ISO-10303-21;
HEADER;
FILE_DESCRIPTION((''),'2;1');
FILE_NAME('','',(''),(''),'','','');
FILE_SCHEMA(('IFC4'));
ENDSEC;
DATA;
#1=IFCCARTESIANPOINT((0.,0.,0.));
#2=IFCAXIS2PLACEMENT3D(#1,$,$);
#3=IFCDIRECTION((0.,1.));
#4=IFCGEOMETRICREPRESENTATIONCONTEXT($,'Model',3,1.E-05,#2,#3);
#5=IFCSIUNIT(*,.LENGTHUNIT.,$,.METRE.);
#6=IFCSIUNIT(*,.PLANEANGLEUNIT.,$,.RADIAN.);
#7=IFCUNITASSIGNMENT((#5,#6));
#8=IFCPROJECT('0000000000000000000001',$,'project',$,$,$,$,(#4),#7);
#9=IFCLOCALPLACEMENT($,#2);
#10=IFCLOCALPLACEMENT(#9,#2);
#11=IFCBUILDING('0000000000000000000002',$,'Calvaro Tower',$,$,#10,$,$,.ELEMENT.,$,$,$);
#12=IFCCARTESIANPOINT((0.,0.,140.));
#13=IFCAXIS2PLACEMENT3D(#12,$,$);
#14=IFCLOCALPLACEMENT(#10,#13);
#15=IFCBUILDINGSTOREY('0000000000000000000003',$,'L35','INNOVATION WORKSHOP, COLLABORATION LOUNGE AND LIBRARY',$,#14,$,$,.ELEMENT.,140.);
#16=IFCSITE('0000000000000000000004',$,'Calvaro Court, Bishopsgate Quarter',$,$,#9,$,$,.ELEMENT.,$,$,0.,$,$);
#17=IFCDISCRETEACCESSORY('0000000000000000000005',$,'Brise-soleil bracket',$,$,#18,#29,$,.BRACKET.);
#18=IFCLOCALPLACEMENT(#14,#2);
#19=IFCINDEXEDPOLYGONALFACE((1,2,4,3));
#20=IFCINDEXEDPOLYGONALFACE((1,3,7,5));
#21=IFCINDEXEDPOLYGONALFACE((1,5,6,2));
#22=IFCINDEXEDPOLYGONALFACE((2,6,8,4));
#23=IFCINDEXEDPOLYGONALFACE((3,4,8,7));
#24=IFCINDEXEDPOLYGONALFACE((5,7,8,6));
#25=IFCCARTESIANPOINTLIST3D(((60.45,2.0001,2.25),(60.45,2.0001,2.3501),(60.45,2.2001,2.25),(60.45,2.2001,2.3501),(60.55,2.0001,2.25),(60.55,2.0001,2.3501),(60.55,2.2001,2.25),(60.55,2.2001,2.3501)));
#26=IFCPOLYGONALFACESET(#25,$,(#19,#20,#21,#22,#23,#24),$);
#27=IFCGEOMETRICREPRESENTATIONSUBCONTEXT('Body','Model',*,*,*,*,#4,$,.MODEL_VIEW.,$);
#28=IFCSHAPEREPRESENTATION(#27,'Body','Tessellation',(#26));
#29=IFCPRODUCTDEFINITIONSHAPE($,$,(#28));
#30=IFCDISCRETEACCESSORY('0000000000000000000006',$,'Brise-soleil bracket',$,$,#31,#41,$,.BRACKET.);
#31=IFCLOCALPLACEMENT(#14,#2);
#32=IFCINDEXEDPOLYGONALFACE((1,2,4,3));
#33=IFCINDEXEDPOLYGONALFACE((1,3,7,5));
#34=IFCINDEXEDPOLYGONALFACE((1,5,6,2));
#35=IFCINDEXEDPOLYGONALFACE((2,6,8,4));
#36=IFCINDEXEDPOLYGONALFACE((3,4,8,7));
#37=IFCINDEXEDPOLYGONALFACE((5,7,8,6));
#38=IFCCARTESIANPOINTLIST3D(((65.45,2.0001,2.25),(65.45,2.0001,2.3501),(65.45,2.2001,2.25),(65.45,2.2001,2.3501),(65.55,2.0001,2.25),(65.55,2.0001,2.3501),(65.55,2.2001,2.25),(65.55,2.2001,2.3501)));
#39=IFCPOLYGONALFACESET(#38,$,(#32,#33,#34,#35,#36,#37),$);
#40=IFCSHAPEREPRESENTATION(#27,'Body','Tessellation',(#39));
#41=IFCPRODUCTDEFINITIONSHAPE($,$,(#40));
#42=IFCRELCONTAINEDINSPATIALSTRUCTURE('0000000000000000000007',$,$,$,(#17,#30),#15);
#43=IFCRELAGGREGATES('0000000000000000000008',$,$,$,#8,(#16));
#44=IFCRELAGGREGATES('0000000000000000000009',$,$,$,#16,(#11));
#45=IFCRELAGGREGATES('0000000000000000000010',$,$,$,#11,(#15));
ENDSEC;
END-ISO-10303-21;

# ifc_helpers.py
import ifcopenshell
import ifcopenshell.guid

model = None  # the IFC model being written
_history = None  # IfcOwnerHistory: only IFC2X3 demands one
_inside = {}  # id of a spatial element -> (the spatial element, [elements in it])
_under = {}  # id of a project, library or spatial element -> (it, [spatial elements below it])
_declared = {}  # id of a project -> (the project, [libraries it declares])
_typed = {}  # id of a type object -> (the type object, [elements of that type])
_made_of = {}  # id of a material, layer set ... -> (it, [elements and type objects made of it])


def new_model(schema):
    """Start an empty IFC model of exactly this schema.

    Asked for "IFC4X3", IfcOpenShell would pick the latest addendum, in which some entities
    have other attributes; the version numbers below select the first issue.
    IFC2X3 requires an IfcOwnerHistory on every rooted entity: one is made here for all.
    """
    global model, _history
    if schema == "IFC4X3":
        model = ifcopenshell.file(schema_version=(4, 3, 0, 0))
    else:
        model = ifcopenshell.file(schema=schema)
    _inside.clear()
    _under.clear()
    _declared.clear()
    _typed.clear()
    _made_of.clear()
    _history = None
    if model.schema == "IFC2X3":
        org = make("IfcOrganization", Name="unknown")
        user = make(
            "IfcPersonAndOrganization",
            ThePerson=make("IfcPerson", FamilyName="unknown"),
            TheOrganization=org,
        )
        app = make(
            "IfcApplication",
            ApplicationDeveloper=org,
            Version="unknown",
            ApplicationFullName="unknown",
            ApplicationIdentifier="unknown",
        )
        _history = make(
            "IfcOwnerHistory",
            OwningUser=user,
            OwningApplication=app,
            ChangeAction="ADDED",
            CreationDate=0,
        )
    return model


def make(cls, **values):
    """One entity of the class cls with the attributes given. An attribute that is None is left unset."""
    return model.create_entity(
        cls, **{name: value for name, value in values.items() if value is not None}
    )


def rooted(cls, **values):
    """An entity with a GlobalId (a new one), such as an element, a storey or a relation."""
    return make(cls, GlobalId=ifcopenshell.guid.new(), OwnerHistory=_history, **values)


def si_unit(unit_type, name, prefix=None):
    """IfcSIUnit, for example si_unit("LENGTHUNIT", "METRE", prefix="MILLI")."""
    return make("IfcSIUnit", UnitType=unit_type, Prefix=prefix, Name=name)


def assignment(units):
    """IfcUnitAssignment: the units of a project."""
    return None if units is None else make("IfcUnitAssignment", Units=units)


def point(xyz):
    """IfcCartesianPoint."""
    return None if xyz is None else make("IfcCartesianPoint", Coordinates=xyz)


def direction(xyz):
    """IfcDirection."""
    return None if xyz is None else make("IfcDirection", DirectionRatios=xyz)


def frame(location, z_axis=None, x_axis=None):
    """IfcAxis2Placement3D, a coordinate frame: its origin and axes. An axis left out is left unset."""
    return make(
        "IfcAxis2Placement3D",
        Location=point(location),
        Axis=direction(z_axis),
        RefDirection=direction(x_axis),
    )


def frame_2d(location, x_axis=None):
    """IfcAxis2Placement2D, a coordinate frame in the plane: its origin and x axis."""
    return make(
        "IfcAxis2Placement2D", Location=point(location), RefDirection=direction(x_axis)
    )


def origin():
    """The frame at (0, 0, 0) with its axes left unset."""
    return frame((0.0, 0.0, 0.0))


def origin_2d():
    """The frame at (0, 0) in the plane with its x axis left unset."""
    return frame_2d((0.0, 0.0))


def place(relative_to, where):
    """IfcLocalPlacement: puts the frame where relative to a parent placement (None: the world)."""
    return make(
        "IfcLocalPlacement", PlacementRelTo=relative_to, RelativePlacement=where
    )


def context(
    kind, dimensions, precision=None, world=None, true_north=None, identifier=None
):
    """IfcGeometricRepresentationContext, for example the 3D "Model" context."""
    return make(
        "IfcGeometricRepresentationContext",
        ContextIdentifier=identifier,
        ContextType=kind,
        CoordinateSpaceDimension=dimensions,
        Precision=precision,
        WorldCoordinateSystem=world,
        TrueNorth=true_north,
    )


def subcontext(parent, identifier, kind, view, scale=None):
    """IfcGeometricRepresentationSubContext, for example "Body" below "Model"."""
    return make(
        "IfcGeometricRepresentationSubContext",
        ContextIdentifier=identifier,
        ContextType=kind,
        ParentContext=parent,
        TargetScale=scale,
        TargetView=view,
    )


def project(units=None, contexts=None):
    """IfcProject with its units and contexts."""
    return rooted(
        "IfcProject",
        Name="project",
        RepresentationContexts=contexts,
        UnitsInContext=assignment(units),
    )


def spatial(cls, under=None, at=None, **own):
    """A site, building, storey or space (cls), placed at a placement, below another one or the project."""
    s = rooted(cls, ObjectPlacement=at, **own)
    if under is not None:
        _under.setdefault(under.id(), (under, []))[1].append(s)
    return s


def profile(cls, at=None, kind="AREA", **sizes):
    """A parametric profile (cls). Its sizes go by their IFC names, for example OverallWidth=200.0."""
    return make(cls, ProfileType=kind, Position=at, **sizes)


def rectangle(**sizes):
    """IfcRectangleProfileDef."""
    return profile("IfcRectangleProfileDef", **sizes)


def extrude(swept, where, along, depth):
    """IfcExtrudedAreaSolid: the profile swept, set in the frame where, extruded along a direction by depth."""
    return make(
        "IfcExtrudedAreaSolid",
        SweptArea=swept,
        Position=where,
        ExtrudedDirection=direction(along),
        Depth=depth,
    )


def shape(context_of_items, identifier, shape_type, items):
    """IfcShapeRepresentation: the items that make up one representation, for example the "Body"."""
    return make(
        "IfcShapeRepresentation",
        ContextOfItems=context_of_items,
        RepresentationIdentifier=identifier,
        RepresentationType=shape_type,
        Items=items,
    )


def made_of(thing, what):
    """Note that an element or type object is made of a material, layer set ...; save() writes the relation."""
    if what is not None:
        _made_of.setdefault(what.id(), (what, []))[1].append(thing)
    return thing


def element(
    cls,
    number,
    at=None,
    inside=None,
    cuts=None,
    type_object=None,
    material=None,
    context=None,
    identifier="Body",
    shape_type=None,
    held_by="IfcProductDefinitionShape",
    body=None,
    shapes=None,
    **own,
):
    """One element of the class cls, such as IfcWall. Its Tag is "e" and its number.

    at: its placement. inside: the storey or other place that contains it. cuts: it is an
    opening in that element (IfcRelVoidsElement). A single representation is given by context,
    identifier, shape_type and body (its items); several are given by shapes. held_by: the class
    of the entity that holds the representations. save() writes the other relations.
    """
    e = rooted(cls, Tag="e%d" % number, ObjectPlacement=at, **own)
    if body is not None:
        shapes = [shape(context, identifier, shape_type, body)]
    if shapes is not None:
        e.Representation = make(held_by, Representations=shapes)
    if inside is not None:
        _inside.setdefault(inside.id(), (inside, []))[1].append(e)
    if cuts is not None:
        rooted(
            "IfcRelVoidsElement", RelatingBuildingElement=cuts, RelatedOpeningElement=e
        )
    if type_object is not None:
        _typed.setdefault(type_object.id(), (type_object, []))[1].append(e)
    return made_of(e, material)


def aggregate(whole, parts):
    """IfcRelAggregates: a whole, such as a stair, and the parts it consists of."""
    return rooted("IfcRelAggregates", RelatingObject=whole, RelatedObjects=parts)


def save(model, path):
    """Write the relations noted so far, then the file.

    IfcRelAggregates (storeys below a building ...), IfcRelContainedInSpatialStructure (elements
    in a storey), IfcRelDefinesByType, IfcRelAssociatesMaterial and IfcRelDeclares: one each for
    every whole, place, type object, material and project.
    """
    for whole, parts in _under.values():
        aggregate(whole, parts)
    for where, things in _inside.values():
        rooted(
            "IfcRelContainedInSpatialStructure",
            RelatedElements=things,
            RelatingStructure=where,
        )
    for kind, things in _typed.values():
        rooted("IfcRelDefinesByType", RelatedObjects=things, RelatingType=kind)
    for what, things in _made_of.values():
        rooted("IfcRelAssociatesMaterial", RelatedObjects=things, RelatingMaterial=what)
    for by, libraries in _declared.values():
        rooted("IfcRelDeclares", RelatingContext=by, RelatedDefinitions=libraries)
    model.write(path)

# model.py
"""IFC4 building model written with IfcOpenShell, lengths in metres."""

from ifc_helpers import new_model, si_unit, direction, frame, origin, origin_2d, place, context, subcontext, project, spatial, rectangle, extrude, element, save


model = new_model("IFC4")

# Units and contexts
model_context = context("Model", 3, precision=1e-05, world=origin(), true_north=direction((0.0, 1.0)))
body_context = subcontext(model_context, "Body", "Model", "MODEL_VIEW")
ifc_project = project(units=[si_unit("LENGTHUNIT", "METRE"), si_unit("PLANEANGLEUNIT", "RADIAN")], contexts=[model_context])

# Site, building, storey
site_placement = place(None, origin())
site = spatial("IfcSite", under=ifc_project, at=site_placement, Name="Calvaro Court, Bishopsgate Quarter", CompositionType="ELEMENT", RefElevation=0.0)
building_placement = place(site_placement, origin())
building = spatial("IfcBuilding", under=site, at=building_placement, Name="Calvaro Tower", CompositionType="ELEMENT")
storey_placement = place(building_placement, frame((0.0, 0.0, 140.0)))
storey = spatial("IfcBuildingStorey", under=building, at=storey_placement, Name="L35", Description="INNOVATION WORKSHOP, COLLABORATION LOUNGE AND LIBRARY", CompositionType="ELEMENT", Elevation=140.0)

# Discrete accessories
for number, where, z_axis, x_axis, name in (
    (1, (60.5, 2.1001, 2.25), (0.0, 0.0, 1.0), (1.0, 0.0, 0.0), "Brise-soleil bracket"),
    (2, (65.5, 2.1001, 2.25), (0.0, 0.0, 1.0), (1.0, 0.0, 0.0), "Brise-soleil bracket"),
):
    element("IfcDiscreteAccessory", number, at=place(storey_placement, frame(where, z_axis=z_axis, x_axis=x_axis)), inside=storey, Name=name, PredefinedType="BRACKET", context=body_context, shape_type="SweptSolid", body=[
        extrude(rectangle(XDim=0.1001, YDim=0.2, at=origin_2d()), origin(), (0.0, 0.0, 1.0), 0.1001),
    ])

save(model, "model.ifc")
